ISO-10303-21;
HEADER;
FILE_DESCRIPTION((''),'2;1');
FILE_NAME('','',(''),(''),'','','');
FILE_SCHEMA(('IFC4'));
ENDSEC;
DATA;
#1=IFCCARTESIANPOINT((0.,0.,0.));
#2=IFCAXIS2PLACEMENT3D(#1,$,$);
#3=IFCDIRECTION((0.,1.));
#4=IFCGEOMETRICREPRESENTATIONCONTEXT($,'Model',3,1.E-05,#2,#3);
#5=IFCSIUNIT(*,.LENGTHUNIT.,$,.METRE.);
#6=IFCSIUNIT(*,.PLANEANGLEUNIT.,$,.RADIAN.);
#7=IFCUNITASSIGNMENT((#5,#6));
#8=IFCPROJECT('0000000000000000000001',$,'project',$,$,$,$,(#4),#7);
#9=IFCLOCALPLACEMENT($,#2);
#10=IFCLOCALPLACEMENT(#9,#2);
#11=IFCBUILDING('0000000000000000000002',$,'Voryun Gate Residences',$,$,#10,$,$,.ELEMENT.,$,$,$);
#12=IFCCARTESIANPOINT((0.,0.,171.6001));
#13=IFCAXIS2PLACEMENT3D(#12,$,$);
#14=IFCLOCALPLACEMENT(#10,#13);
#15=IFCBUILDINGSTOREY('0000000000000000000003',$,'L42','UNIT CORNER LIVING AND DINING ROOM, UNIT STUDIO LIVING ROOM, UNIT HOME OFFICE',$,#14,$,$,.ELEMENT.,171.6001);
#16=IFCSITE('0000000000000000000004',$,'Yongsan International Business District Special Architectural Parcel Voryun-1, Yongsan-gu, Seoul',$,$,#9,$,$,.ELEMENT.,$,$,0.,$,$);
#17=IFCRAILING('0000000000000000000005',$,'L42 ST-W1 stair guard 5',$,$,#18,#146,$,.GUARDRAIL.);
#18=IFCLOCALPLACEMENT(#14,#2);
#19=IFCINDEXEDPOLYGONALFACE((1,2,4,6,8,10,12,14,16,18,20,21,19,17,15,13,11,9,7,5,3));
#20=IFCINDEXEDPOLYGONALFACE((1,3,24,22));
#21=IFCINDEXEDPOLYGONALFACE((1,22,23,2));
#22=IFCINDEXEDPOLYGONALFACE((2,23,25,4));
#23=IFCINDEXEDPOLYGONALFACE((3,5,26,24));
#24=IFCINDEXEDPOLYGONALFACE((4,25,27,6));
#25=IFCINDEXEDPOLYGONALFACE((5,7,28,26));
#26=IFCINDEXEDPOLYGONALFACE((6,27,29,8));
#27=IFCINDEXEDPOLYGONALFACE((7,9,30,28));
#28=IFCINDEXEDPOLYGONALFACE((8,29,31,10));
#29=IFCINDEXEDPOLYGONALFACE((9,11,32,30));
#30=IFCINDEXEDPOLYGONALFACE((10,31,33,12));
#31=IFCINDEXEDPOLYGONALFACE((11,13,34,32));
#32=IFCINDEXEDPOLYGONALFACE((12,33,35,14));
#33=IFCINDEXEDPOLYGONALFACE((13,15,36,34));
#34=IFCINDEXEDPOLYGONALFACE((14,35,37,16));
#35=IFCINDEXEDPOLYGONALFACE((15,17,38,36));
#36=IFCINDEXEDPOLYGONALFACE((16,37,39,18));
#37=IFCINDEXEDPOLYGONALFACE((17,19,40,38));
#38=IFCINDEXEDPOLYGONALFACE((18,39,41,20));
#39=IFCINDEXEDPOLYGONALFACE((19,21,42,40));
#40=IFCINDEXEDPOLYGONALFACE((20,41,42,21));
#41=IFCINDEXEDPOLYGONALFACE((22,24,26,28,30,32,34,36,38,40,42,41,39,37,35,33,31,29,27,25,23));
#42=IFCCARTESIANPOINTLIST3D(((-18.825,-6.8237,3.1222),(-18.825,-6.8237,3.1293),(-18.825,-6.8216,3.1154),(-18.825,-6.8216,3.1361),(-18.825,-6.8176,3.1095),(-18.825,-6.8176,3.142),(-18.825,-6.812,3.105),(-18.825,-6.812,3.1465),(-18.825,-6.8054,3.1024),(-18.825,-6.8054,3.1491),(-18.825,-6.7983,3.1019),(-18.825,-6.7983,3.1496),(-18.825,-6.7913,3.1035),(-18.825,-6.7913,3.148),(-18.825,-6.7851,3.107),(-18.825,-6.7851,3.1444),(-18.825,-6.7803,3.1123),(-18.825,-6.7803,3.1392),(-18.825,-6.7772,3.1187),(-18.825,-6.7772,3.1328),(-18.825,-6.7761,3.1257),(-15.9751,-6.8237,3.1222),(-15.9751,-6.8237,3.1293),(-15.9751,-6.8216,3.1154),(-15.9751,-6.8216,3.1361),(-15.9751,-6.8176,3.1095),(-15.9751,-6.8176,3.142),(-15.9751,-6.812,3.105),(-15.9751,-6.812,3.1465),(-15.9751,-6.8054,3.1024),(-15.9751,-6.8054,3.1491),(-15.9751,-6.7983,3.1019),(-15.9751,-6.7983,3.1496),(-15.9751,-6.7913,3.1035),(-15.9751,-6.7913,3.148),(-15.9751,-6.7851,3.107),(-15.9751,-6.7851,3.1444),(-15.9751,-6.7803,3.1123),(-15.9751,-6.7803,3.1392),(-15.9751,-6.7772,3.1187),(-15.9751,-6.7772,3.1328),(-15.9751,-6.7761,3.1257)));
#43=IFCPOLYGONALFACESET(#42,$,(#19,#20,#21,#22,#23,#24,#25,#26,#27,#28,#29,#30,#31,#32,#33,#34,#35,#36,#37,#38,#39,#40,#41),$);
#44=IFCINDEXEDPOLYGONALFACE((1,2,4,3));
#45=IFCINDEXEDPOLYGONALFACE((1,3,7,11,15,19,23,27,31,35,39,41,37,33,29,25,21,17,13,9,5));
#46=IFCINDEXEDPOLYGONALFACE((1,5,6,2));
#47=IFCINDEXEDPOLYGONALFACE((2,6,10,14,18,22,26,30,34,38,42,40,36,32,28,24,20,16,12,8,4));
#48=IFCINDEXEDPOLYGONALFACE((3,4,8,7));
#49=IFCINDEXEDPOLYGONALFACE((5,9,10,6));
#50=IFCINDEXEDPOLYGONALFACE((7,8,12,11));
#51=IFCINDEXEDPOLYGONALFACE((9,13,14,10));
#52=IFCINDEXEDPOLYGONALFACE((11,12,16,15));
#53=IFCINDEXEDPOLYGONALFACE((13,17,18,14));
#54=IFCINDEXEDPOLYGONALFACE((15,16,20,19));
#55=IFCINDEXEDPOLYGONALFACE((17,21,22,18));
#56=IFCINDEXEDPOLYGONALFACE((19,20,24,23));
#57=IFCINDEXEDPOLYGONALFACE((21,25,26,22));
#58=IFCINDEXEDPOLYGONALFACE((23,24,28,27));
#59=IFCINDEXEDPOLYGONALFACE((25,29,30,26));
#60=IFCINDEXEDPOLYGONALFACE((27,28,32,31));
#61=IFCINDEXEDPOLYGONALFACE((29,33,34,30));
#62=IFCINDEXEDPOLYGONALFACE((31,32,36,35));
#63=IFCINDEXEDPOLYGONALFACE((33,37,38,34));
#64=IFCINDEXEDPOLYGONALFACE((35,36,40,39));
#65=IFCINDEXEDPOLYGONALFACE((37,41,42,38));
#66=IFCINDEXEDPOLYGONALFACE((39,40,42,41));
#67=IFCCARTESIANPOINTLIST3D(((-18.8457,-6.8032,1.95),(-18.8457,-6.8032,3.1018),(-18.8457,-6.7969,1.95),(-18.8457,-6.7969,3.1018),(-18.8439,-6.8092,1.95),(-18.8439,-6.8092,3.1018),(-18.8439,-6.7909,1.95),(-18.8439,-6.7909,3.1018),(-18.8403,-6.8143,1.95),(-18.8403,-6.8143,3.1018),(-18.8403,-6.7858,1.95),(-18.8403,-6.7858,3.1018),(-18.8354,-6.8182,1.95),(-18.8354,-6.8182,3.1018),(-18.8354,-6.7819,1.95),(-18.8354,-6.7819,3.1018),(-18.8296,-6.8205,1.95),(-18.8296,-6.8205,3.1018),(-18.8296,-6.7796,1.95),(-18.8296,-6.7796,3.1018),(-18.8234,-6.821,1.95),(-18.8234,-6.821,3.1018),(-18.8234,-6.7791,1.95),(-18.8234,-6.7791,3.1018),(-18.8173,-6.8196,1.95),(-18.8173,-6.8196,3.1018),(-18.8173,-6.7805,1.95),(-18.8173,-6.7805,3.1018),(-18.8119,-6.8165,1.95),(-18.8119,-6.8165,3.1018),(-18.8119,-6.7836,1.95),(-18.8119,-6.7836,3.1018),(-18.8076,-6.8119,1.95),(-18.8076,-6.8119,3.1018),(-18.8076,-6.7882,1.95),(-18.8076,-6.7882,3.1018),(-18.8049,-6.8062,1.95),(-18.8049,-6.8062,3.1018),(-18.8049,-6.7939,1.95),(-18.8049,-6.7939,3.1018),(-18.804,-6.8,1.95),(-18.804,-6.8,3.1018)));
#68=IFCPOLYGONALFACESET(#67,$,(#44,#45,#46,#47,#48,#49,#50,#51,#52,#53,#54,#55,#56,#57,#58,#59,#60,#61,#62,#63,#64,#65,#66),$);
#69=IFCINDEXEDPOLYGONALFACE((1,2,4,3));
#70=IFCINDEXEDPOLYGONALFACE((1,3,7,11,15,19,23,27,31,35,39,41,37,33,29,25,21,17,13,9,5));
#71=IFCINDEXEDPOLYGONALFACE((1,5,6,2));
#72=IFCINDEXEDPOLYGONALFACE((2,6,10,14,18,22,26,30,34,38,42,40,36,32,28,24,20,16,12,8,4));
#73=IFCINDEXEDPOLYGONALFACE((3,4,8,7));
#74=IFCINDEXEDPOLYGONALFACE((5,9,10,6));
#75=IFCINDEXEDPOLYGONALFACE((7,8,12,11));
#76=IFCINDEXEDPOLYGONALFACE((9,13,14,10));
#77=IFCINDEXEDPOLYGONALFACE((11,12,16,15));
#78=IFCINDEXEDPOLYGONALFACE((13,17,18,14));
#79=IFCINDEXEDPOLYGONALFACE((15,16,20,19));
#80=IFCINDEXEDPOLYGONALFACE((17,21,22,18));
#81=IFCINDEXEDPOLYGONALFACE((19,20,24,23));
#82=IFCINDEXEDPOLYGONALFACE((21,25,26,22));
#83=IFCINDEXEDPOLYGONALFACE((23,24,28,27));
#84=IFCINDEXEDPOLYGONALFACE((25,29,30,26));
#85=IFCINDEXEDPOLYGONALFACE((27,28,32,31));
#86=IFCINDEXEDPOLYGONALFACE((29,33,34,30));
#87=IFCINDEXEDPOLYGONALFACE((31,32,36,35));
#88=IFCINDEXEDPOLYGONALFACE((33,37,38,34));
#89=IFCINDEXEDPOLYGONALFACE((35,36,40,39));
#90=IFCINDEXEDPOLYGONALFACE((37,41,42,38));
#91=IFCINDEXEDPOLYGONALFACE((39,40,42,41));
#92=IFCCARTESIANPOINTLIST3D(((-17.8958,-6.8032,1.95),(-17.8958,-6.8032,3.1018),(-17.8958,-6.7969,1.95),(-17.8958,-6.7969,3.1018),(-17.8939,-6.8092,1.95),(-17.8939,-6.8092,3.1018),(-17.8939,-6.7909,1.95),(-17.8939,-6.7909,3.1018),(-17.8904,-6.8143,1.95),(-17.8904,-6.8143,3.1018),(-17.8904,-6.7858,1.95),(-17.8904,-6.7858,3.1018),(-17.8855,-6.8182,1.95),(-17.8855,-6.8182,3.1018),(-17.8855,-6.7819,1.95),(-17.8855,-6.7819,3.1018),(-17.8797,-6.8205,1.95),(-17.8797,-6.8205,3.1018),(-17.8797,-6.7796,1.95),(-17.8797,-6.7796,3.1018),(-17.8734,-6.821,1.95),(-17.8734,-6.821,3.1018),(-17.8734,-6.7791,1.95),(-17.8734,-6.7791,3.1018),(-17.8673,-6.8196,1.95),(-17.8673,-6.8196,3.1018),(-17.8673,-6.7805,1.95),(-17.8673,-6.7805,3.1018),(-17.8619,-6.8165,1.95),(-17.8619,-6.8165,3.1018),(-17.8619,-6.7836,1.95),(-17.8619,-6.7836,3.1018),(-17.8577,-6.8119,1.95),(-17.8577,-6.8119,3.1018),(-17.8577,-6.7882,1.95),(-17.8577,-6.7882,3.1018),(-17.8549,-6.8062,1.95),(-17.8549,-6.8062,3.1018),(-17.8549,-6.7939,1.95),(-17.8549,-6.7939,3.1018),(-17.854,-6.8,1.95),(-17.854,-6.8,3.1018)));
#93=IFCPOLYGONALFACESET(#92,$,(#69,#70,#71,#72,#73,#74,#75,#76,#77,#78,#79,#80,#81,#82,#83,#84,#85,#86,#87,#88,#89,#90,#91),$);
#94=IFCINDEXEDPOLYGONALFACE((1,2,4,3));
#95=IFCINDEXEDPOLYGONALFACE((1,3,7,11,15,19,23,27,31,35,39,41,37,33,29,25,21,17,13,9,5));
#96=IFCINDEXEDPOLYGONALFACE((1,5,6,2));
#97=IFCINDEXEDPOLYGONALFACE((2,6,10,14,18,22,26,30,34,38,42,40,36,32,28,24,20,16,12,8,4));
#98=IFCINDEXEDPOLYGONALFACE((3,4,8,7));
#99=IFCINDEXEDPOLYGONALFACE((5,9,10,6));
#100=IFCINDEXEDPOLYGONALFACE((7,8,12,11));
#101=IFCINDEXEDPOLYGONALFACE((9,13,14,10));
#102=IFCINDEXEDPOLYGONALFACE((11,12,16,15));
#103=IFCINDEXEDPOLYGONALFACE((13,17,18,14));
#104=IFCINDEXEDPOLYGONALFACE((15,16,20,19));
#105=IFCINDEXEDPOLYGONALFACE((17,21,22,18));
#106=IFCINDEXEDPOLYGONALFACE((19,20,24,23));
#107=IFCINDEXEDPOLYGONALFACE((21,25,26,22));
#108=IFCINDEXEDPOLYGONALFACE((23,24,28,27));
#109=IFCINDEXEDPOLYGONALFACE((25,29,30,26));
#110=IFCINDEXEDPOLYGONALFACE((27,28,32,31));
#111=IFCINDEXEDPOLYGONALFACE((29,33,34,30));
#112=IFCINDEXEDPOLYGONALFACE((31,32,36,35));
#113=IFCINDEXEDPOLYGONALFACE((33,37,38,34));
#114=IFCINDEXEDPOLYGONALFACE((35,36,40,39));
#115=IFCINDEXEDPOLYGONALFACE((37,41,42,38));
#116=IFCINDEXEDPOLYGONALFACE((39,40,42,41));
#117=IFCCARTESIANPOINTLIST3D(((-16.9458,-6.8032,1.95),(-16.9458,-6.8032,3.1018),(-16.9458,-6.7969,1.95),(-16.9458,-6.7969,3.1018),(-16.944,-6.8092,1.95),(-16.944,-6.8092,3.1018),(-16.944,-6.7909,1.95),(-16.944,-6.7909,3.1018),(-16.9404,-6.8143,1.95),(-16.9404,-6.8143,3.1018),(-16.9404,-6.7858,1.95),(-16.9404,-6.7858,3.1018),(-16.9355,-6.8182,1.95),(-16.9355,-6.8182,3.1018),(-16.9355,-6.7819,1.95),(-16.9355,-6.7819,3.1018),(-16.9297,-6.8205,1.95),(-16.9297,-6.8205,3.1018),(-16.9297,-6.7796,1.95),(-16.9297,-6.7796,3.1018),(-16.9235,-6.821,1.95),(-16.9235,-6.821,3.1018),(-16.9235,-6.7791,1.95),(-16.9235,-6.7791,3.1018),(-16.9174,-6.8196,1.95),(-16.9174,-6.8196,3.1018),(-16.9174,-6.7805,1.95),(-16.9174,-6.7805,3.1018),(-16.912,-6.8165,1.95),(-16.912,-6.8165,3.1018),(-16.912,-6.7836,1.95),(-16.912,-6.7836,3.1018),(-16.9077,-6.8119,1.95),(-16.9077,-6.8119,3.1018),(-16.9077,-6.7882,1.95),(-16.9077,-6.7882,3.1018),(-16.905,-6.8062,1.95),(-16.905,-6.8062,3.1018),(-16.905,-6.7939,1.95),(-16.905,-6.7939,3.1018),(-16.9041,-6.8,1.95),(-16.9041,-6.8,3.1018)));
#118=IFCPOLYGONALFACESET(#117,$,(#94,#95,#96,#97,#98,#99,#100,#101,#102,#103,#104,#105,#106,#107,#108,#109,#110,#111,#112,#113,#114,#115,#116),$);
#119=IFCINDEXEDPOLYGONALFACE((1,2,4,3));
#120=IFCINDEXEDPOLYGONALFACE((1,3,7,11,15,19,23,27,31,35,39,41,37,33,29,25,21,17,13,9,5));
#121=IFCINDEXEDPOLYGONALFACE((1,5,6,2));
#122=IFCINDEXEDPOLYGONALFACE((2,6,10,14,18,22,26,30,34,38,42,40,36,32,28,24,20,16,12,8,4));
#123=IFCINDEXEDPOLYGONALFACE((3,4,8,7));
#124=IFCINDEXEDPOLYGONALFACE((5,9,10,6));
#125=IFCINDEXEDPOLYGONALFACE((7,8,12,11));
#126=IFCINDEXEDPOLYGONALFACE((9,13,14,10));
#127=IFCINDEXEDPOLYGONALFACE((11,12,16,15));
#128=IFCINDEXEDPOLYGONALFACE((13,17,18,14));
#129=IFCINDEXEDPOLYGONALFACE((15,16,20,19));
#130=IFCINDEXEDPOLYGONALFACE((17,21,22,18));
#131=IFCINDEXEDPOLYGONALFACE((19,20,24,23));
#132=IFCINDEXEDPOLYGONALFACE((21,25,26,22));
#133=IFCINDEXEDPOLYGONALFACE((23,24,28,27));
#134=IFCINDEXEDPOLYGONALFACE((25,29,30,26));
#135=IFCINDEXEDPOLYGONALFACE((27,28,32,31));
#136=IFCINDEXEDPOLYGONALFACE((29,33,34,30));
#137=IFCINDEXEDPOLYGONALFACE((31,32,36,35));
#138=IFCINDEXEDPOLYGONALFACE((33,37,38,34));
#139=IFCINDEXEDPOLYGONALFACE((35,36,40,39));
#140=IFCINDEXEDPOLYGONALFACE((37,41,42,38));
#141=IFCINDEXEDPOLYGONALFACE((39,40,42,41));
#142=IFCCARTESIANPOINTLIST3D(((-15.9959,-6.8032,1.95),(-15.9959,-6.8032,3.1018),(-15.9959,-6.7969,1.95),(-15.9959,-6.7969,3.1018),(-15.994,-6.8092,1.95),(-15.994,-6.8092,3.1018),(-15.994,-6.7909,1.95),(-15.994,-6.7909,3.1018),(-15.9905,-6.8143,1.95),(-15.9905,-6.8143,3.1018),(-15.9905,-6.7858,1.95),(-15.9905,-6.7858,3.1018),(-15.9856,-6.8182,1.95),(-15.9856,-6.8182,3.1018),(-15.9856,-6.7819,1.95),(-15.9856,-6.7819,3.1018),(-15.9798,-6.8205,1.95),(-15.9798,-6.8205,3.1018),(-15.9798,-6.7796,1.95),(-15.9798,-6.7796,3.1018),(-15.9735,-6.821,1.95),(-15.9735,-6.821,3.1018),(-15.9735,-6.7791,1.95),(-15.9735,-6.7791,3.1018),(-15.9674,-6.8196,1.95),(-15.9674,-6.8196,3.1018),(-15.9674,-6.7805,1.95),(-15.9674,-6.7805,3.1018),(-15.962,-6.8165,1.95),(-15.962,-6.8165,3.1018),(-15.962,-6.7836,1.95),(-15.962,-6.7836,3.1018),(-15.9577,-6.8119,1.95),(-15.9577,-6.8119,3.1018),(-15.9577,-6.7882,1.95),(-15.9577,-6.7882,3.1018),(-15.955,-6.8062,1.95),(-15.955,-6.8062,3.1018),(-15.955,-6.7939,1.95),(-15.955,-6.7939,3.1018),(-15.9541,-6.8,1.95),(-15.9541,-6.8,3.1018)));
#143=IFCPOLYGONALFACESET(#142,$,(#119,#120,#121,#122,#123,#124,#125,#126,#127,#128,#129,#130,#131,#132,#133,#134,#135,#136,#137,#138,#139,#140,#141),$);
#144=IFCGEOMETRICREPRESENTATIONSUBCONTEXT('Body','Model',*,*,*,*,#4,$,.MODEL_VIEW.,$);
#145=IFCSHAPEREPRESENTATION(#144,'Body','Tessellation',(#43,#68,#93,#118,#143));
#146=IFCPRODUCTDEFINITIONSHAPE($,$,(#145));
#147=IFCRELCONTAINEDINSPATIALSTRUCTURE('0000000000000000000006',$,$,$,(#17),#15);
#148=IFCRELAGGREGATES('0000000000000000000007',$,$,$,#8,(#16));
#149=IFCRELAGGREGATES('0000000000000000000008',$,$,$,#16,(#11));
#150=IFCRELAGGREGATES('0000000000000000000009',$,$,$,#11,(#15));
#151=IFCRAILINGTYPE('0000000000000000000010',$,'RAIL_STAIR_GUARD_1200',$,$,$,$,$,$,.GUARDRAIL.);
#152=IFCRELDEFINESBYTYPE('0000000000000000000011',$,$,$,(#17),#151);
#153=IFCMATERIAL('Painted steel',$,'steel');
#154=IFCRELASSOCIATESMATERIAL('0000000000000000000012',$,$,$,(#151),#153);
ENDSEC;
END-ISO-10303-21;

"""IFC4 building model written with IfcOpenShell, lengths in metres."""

from ifc_helpers import new_model, si_unit, direction, frame, origin, origin_2d, place, context, subcontext, project, spatial, circle, extrude, material, type_object, element, save


model = new_model("IFC4")

# Units and contexts
model_context = context("Model", 3, precision=1e-05, world=origin(), true_north=direction((0.0, 1.0)))
body_context = subcontext(model_context, "Body", "Model", "MODEL_VIEW")
ifc_project = project(units=[si_unit("LENGTHUNIT", "METRE"), si_unit("PLANEANGLEUNIT", "RADIAN")], contexts=[model_context])

# Site, building, storey
site_placement = place(None, origin())
site = spatial("IfcSite", under=ifc_project, at=site_placement, Name="Yongsan International Business District Special Architectural Parcel Voryun-1, Yongsan-gu, Seoul", CompositionType="ELEMENT", RefElevation=0.0)
building_placement = place(site_placement, origin())
building = spatial("IfcBuilding", under=site, at=building_placement, Name="Voryun Gate Residences", CompositionType="ELEMENT")
storey_placement = place(building_placement, frame((0.0, 0.0, 171.6001)))
storey = spatial("IfcBuildingStorey", under=building, at=storey_placement, Name="L42", Description="UNIT CORNER LIVING AND DINING ROOM, UNIT STUDIO LIVING ROOM, UNIT HOME OFFICE", CompositionType="ELEMENT", Elevation=171.6001)

# Railing
ifc_material_1 = material(Name="Painted steel", Category="steel")
railing_type_1 = type_object("IfcRailingType", Name="RAIL_STAIR_GUARD_1200", PredefinedType="GUARDRAIL", material=ifc_material_1)
railing_1_placement = place(storey_placement, frame((-18.825, -6.8, 1.95)))
element("IfcRailing", 1, at=railing_1_placement, inside=storey, type_object=railing_type_1, Name="L42 ST-W1 stair guard 5", PredefinedType="GUARDRAIL", context=body_context, shape_type="SweptSolid", body=[
    extrude(circle(Radius=0.0239, at=origin_2d()), frame((0.0, 0.0, 1.1758), z_axis=(1.0, 0.0, 0.0), x_axis=(0.0, 1.0, 0.0)), (0.0, 0.0, 1.0), 2.8499),
    extrude(circle(Radius=0.021, at=origin_2d()), origin(), (0.0, 0.0, 1.0), 1.1519),
    extrude(circle(Radius=0.021, at=origin_2d()), frame((0.95, 0.0, 0.0)), (0.0, 0.0, 1.0), 1.1519),
    extrude(circle(Radius=0.021, at=origin_2d()), frame((1.8999, 0.0, 0.0)), (0.0, 0.0, 1.0), 1.1519),
    extrude(circle(Radius=0.021, at=origin_2d()), frame((2.8499, 0.0, 0.0)), (0.0, 0.0, 1.0), 1.1519),
])

save(model, "model.ifc")
